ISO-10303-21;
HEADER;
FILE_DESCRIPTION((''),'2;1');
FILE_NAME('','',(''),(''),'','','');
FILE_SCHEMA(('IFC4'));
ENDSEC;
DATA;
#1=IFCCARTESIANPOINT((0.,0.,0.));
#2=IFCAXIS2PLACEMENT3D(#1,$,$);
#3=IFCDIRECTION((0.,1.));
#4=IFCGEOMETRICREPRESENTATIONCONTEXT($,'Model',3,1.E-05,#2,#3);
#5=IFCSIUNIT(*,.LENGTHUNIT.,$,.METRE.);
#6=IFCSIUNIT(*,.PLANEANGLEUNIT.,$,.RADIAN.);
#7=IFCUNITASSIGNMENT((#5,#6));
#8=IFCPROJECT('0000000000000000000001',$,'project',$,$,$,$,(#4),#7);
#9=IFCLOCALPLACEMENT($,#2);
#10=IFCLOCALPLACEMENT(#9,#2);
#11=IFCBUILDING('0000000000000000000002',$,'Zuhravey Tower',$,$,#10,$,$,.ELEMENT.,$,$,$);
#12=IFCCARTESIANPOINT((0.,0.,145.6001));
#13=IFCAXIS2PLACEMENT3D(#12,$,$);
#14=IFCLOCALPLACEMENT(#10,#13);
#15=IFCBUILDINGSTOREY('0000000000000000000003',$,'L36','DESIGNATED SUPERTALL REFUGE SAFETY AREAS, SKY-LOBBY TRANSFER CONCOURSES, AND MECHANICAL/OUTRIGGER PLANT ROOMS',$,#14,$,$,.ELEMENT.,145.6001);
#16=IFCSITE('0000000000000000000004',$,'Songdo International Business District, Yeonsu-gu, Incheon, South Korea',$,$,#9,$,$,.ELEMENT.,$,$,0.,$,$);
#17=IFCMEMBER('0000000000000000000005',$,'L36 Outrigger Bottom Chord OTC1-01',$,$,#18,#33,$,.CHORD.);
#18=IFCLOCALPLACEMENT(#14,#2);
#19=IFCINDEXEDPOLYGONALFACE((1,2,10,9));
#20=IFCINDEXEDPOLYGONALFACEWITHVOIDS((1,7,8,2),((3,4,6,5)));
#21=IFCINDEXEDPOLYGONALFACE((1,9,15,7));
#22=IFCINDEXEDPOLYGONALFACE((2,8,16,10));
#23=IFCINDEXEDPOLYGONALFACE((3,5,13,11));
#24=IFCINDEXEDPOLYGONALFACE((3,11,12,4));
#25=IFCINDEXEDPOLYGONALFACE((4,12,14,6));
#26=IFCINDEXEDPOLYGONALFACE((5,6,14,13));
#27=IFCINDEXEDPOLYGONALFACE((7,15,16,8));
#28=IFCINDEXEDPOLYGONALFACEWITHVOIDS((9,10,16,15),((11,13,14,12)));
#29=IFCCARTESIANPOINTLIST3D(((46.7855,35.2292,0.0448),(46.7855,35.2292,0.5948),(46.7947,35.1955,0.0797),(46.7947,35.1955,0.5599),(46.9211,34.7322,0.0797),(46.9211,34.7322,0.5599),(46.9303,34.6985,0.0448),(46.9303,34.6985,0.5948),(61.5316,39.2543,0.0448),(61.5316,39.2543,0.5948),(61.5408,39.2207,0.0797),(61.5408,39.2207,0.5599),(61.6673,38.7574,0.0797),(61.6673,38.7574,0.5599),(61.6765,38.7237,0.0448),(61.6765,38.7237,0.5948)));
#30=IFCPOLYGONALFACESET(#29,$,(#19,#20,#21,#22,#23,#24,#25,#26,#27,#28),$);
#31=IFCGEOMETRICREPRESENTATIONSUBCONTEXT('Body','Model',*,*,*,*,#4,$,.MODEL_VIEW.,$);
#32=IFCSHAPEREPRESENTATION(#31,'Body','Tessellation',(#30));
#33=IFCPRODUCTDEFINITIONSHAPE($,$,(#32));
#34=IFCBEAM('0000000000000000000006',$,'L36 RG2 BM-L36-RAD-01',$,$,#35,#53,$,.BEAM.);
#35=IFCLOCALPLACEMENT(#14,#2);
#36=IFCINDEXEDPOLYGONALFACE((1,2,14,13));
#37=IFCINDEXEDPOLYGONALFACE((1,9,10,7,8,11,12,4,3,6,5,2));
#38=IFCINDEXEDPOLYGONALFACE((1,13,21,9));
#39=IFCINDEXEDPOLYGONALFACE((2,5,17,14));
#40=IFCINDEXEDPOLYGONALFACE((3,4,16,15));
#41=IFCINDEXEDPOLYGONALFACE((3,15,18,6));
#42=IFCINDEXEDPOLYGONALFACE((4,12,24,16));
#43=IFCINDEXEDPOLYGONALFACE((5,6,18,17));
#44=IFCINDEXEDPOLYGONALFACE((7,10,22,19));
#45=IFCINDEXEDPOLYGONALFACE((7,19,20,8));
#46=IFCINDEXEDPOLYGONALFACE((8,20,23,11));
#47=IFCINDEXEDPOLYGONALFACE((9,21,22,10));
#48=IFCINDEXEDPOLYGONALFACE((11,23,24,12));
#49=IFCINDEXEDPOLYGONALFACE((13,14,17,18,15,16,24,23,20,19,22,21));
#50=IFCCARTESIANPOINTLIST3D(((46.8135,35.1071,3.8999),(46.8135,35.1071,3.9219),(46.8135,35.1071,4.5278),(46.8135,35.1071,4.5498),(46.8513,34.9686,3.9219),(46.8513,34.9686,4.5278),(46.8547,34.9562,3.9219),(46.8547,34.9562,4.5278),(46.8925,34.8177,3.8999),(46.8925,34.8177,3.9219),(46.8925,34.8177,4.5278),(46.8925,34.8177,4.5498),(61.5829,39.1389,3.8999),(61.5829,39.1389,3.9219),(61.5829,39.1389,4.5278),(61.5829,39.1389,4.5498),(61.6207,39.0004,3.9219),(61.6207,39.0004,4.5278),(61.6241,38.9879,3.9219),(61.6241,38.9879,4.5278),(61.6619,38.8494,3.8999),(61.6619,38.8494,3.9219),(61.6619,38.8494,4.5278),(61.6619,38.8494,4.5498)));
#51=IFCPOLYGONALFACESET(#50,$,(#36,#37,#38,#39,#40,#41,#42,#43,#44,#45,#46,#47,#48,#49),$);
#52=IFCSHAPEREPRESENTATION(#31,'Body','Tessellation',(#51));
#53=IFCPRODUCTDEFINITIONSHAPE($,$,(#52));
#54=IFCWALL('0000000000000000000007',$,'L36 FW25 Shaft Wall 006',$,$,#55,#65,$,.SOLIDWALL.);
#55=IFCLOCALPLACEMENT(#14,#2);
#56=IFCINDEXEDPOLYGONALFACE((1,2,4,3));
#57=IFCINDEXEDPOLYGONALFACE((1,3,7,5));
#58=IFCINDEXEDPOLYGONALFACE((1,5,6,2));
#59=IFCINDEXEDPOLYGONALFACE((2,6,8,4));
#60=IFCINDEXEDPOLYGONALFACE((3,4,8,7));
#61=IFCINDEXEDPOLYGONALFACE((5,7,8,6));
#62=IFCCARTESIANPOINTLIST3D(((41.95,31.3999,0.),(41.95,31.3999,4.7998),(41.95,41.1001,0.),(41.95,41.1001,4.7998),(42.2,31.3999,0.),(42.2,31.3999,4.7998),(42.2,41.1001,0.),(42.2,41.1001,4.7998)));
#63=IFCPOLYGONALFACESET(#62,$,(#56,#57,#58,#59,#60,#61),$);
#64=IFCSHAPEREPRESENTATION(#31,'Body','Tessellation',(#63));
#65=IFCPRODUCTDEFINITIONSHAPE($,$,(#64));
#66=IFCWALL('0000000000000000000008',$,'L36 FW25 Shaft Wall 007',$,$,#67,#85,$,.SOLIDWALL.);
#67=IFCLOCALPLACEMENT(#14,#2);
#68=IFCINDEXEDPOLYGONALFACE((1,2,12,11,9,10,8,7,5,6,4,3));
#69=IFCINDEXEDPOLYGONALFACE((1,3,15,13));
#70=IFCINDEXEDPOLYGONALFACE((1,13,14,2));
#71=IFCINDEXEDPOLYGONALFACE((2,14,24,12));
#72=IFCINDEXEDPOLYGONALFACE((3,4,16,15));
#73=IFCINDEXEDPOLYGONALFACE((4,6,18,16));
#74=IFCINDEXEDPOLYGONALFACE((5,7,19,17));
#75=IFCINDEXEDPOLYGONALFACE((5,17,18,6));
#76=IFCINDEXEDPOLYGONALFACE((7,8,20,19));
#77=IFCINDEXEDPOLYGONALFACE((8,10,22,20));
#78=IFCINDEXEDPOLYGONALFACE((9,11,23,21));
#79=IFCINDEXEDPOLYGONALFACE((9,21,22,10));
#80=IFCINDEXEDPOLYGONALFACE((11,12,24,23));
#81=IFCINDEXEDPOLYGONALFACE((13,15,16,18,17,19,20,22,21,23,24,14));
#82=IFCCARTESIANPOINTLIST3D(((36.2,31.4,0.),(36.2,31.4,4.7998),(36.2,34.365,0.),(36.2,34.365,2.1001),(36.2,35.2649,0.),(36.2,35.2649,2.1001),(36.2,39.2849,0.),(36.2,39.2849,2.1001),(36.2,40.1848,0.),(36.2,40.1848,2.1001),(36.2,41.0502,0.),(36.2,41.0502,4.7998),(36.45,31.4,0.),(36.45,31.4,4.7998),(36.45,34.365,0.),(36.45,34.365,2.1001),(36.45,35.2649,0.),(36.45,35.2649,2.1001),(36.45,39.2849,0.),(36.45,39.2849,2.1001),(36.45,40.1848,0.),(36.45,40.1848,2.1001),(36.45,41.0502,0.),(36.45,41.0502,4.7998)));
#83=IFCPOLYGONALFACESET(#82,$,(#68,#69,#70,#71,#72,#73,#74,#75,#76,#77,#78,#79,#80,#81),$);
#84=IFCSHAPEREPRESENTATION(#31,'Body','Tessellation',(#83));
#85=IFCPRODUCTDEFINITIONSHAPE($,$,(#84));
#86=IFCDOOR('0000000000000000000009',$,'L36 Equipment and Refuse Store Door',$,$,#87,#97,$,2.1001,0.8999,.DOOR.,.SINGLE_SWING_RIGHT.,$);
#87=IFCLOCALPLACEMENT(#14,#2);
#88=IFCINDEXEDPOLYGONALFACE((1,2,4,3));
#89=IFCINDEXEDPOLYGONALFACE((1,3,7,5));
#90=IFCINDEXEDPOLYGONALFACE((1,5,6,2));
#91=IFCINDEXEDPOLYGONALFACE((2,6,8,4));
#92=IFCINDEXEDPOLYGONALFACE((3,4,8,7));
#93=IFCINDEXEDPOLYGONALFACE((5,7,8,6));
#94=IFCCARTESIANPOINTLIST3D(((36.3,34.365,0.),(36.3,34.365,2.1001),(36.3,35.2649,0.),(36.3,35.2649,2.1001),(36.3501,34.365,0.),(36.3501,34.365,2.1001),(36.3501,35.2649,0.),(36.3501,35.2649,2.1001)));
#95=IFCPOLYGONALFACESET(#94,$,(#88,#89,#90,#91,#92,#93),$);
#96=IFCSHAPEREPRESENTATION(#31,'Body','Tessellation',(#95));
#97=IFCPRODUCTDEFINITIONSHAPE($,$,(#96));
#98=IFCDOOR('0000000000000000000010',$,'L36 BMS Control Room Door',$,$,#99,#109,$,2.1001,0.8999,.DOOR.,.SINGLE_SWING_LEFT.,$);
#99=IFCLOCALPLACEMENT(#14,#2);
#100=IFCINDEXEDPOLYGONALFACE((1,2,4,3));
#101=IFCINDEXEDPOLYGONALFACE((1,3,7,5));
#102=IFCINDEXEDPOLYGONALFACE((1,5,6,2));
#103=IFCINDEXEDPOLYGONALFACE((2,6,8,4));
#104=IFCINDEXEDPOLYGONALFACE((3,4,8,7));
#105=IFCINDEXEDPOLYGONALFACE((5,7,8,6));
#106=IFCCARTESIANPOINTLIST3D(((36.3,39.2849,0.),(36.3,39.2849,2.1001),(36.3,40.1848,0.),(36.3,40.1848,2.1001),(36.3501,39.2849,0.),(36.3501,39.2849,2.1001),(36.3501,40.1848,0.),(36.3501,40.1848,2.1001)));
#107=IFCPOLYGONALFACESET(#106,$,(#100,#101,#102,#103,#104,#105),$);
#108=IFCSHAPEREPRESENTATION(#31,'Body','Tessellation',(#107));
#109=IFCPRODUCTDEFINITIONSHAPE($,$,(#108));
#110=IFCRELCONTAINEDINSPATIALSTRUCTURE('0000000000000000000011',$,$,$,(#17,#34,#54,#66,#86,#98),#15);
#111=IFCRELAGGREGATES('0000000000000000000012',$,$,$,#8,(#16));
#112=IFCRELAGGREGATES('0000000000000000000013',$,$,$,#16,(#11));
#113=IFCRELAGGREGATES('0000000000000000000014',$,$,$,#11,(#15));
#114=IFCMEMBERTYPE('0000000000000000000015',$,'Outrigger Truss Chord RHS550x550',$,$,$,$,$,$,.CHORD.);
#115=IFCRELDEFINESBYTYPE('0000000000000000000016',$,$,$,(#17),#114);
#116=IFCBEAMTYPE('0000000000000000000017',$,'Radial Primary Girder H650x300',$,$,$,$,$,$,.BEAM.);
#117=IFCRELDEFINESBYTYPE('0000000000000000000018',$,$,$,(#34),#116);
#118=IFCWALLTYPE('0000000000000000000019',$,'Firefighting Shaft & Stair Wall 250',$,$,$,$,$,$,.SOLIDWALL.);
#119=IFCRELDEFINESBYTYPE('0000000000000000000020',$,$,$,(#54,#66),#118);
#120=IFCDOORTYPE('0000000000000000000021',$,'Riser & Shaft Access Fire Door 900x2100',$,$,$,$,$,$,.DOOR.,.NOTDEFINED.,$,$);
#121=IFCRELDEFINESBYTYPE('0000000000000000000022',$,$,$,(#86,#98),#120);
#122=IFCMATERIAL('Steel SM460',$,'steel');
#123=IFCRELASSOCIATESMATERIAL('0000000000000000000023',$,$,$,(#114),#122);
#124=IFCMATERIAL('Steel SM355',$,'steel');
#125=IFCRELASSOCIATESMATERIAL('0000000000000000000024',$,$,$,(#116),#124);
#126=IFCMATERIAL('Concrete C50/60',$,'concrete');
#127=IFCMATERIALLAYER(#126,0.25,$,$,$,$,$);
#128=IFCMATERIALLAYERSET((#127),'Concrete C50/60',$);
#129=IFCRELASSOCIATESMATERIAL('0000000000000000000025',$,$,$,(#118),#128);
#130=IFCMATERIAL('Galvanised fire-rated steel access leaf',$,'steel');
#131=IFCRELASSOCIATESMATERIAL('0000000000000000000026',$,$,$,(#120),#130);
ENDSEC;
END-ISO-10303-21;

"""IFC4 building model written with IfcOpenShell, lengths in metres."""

from ifc_helpers import new_model, si_unit, direction, frame, frame_2d, origin, origin_2d, place, context, subcontext, project, spatial, rectangle, hollow_rectangle, i_section, extrude, material, layer, layer_set, material_profile, profile_set, type_object, element, fill, save


model = new_model("IFC4")

# Units and contexts
model_context = context("Model", 3, precision=1e-05, world=origin(), true_north=direction((0.0, 1.0)))
body_context = subcontext(model_context, "Body", "Model", "MODEL_VIEW")
ifc_project = project(units=[si_unit("LENGTHUNIT", "METRE"), si_unit("PLANEANGLEUNIT", "RADIAN")], contexts=[model_context])

# Site, building, storey
site_placement = place(None, origin())
site = spatial("IfcSite", under=ifc_project, at=site_placement, Name="Songdo International Business District, Yeonsu-gu, Incheon, South Korea", CompositionType="ELEMENT", RefElevation=0.0)
building_placement = place(site_placement, origin())
building = spatial("IfcBuilding", under=site, at=building_placement, Name="Zuhravey Tower", CompositionType="ELEMENT")
storey_placement = place(building_placement, frame((0.0, 0.0, 145.6001)))
storey = spatial("IfcBuildingStorey", under=building, at=storey_placement, Name="L36", Description="DESIGNATED SUPERTALL REFUGE SAFETY AREAS, SKY-LOBBY TRANSFER CONCOURSES, AND MECHANICAL/OUTRIGGER PLANT ROOMS", CompositionType="ELEMENT", Elevation=145.6001)

# Member
ifc_material_1 = material(Name="Steel SM460", Category="steel")
ifc_material_profile_1 = material_profile(ifc_material_1, hollow_rectangle(XDim=0.55, YDim=0.55, WallThickness=0.0349, at=origin_2d()), Name="RHS-550x550x35")
ifc_profile_set_1 = profile_set([ifc_material_profile_1], Name="Steel SM460")
member_type = type_object("IfcMemberType", Name="Outrigger Truss Chord RHS550x550", PredefinedType="CHORD", material=ifc_profile_set_1)
member_placement = place(storey_placement, frame((46.8579, 34.9639, 0.3198), z_axis=(0.964706, 0.26333, 0.0), x_axis=(-0.26333, 0.964706, 0.0)))
element("IfcMember", 1, at=member_placement, inside=storey, type_object=member_type, Name="L36 Outrigger Bottom Chord OTC1-01", PredefinedType="CHORD", context=body_context, shape_type="SweptSolid", body=[
    extrude(hollow_rectangle(XDim=0.55, YDim=0.55, WallThickness=0.0349, at=origin_2d()), origin(), (0.0, 0.0, 1.0), 15.2856),
])

# Beam
ifc_material_2 = material(Name="Steel SM355", Category="steel")
ifc_material_profile_2 = material_profile(ifc_material_2, i_section(OverallWidth=0.3, OverallDepth=0.6499, WebThickness=0.0129, FlangeThickness=0.022, at=origin_2d()), Name="H-650x300x13x22")
ifc_profile_set_2 = profile_set([ifc_material_profile_2], Name="Steel SM355")
beam_type = type_object("IfcBeamType", Name="Radial Primary Girder H650x300", PredefinedType="BEAM", material=ifc_profile_set_2)
beam_placement = place(storey_placement, frame((46.853, 34.9624, 4.2249), z_axis=(0.964702, 0.263345, 0.0), x_axis=(-0.263345, 0.964702, 0.0)))
element("IfcBeam", 2, at=beam_placement, inside=storey, type_object=beam_type, Name="L36 RG2 BM-L36-RAD-01", PredefinedType="BEAM", context=body_context, shape_type="SweptSolid", body=[
    extrude(i_section(OverallWidth=0.3, OverallDepth=0.6499, WebThickness=0.0129, FlangeThickness=0.022, at=origin_2d()), origin(), (0.0, 0.0, 1.0), 15.3098),
])

# Wall
ifc_material_3 = material(Name="Concrete C50/60", Category="concrete")
ifc_layer_1 = layer(ifc_material_3, 0.25)
ifc_layer_set_1 = layer_set([ifc_layer_1], Name="Concrete C50/60")
wall_type_1 = type_object("IfcWallType", Name="Firefighting Shaft & Stair Wall 250", PredefinedType="SOLIDWALL", material=ifc_layer_set_1)
wall_1_placement = place(storey_placement, frame((42.075, 31.3999, 0.0), z_axis=(0.0, 0.0, 1.0), x_axis=(0.0, 1.0, 0.0)))
element("IfcWall", 3, at=wall_1_placement, inside=storey, type_object=wall_type_1, Name="L36 FW25 Shaft Wall 006", PredefinedType="SOLIDWALL", context=body_context, shape_type="SweptSolid", body=[
    extrude(rectangle(XDim=9.7002, YDim=0.25, at=frame_2d((4.8501, 0.0))), origin(), (0.0, 0.0, 1.0), 4.7998),
])

# Wall, openings, doors
wall_2_placement = place(storey_placement, frame((36.325, 31.3999, 0.0), z_axis=(0.0, 0.0, 1.0), x_axis=(0.0, 1.0, 0.0)))
wall_2 = element("IfcWall", 4, at=wall_2_placement, inside=storey, type_object=wall_type_1, Name="L36 FW25 Shaft Wall 007", PredefinedType="SOLIDWALL", context=body_context, shape_type="SweptSolid", body=[
    extrude(rectangle(XDim=9.6501, YDim=0.25, at=frame_2d((4.8252, 0.0))), origin(), (0.0, 0.0, 1.0), 4.7998),
])
opening_1_placement = place(wall_2_placement, frame((2.9651, 0.0, 0.0)))
opening_1 = element("IfcOpeningElement", 5, at=opening_1_placement, cuts=wall_2, PredefinedType="OPENING", context=body_context, shape_type="SweptSolid", body=[
    extrude(rectangle(XDim=0.8999, YDim=2.1001, at=frame_2d((0.45, 1.05))), frame((0.0, 0.137, 0.0), z_axis=(0.0, -1.0, 0.0), x_axis=(1.0, 0.0, 0.0)), (0.0, 0.0, 1.0), 0.2739),
])
opening_2_placement = place(wall_2_placement, frame((7.885, 0.0, 0.0)))
opening_2 = element("IfcOpeningElement", 6, at=opening_2_placement, cuts=wall_2, PredefinedType="OPENING", context=body_context, shape_type="SweptSolid", body=[
    extrude(rectangle(XDim=0.8999, YDim=2.1001, at=frame_2d((0.45, 1.05))), frame((0.0, 0.137, 0.0), z_axis=(0.0, -1.0, 0.0), x_axis=(1.0, 0.0, 0.0)), (0.0, 0.0, 1.0), 0.2739),
])
ifc_material_4 = material(Name="Galvanised fire-rated steel access leaf", Category="steel")
door_type_1 = type_object("IfcDoorType", Name="Riser & Shaft Access Fire Door 900x2100", OperationType="NOTDEFINED", PredefinedType="DOOR", material=ifc_material_4)
door_1_placement = place(opening_1_placement, origin())
door_1 = element("IfcDoor", 7, at=door_1_placement, inside=storey, type_object=door_type_1, Name="L36 Equipment and Refuse Store Door", OperationType="SINGLE_SWING_RIGHT", OverallHeight=2.1001, OverallWidth=0.8999, PredefinedType="DOOR", context=body_context, shape_type="SweptSolid", body=[
    extrude(rectangle(XDim=0.8999, YDim=2.1001, at=frame_2d((0.45, 1.05))), frame((0.0, 0.0249, 0.0), z_axis=(0.0, -1.0, 0.0), x_axis=(1.0, 0.0, 0.0)), (0.0, 0.0, 1.0), 0.05),
])
fill(opening_1, door_1)
door_2_placement = place(opening_2_placement, origin())
door_2 = element("IfcDoor", 8, at=door_2_placement, inside=storey, type_object=door_type_1, Name="L36 BMS Control Room Door", OperationType="SINGLE_SWING_LEFT", OverallHeight=2.1001, OverallWidth=0.8999, PredefinedType="DOOR", context=body_context, shape_type="SweptSolid", body=[
    extrude(rectangle(XDim=0.8999, YDim=2.1001, at=frame_2d((0.45, 1.05))), frame((0.0, 0.0249, 0.0), z_axis=(0.0, -1.0, 0.0), x_axis=(1.0, 0.0, 0.0)), (0.0, 0.0, 1.0), 0.05),
])
fill(opening_2, door_2)

save(model, "model.ifc")
